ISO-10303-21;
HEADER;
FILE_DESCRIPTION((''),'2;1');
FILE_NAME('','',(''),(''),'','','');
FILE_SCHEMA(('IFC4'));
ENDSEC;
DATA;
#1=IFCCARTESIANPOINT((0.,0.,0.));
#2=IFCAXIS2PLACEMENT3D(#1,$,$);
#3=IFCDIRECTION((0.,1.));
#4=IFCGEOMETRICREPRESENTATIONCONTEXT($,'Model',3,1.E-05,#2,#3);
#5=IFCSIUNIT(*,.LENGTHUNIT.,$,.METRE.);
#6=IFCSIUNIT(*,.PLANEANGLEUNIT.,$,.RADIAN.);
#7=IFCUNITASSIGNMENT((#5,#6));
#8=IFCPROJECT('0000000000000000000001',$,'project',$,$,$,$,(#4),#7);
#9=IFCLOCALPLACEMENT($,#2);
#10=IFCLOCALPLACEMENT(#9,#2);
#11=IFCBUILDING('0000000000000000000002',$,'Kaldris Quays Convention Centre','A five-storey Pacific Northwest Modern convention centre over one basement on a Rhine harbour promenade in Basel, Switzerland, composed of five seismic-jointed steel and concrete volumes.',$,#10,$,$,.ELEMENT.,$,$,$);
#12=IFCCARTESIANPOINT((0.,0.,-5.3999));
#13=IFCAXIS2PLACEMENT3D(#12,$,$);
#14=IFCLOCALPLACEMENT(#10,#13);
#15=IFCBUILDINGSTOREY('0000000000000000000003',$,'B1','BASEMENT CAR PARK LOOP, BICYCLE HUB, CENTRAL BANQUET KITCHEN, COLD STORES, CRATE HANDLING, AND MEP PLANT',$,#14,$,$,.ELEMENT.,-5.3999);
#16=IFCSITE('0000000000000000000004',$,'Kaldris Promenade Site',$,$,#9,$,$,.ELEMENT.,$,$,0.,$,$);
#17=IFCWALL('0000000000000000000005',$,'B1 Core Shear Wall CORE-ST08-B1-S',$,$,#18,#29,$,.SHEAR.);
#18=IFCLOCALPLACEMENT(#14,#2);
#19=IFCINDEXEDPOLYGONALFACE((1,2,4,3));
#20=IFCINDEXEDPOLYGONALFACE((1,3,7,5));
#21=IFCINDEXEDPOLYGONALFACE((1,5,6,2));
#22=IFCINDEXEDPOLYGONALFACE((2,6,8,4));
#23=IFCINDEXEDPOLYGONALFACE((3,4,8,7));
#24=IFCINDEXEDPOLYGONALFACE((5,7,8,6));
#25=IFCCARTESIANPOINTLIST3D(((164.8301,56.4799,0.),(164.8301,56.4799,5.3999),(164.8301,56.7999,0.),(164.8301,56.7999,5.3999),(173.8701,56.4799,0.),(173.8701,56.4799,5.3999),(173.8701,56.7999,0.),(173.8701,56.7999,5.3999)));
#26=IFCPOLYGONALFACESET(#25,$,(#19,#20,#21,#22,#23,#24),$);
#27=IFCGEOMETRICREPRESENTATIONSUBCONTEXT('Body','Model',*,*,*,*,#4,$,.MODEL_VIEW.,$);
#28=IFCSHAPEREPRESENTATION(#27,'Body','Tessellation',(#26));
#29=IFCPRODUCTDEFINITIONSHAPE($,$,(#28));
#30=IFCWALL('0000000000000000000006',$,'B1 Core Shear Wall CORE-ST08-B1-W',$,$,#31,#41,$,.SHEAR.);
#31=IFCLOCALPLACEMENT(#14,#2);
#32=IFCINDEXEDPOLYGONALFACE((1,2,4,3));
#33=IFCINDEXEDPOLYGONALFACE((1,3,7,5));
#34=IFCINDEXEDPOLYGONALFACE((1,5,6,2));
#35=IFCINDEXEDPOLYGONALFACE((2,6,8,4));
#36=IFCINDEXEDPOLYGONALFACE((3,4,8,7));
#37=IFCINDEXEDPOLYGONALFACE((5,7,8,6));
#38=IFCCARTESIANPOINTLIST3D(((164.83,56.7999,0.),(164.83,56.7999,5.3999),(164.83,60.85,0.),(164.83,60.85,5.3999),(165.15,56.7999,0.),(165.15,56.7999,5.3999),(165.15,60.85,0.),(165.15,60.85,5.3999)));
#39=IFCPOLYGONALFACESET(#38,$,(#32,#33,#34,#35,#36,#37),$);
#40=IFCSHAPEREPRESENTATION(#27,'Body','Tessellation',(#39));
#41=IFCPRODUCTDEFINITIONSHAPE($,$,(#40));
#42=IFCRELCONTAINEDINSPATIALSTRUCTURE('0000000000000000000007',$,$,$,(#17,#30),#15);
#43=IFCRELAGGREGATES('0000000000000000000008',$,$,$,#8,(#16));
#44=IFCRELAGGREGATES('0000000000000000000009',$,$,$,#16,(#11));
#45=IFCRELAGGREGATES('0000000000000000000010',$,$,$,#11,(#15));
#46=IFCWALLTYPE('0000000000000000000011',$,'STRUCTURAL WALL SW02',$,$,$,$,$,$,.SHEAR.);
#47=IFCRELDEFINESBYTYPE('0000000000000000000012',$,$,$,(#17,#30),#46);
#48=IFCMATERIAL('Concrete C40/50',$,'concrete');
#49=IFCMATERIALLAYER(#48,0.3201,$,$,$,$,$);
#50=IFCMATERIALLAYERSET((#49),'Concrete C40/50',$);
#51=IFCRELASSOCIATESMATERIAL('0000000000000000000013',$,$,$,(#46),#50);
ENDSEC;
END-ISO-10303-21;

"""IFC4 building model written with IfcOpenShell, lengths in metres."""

from ifc_helpers import new_model, si_unit, direction, frame, frame_2d, origin, place, context, subcontext, project, spatial, rectangle, extrude, material, layer, layer_set, type_object, element, save


model = new_model("IFC4")

# Units and contexts
model_context = context("Model", 3, precision=1e-05, world=origin(), true_north=direction((0.0, 1.0)))
body_context = subcontext(model_context, "Body", "Model", "MODEL_VIEW")
ifc_project = project(units=[si_unit("LENGTHUNIT", "METRE"), si_unit("PLANEANGLEUNIT", "RADIAN")], contexts=[model_context])

# Site, building, storey
site_placement = place(None, origin())
site = spatial("IfcSite", under=ifc_project, at=site_placement, Name="Kaldris Promenade Site", CompositionType="ELEMENT", RefElevation=0.0)
building_placement = place(site_placement, origin())
building = spatial("IfcBuilding", under=site, at=building_placement, Name="Kaldris Quays Convention Centre", Description="A five-storey Pacific Northwest Modern convention centre over one basement on a Rhine harbour promenade in Basel, Switzerland, composed of five seismic-jointed steel and concrete volumes.", CompositionType="ELEMENT")
storey_placement = place(building_placement, frame((0.0, 0.0, -5.3999)))
storey = spatial("IfcBuildingStorey", under=building, at=storey_placement, Name="B1", Description="BASEMENT CAR PARK LOOP, BICYCLE HUB, CENTRAL BANQUET KITCHEN, COLD STORES, CRATE HANDLING, AND MEP PLANT", CompositionType="ELEMENT", Elevation=-5.3999)

# Shared definitions
ifc_material_1 = material(Name="Concrete C40/50", Category="concrete")

# Walls
ifc_layer = layer(ifc_material_1, 0.3201)
ifc_layer_set = layer_set([ifc_layer], Name="Concrete C40/50")
wall_type = type_object("IfcWallType", Name="STRUCTURAL WALL SW02", PredefinedType="SHEAR", material=ifc_layer_set)
wall_1_placement = place(storey_placement, frame((164.8301, 56.6399, 0.0), z_axis=(0.0, 0.0, 1.0), x_axis=(1.0, 0.0, 0.0)))
element("IfcWall", 1, at=wall_1_placement, inside=storey, type_object=wall_type, Name="B1 Core Shear Wall CORE-ST08-B1-S", PredefinedType="SHEAR", context=body_context, shape_type="SweptSolid", body=[
    extrude(rectangle(XDim=9.04, YDim=0.3201, at=frame_2d((4.52, 0.0))), origin(), (0.0, 0.0, 1.0), 5.3999),
])
wall_2_placement = place(storey_placement, frame((164.99, 56.8, 0.0), z_axis=(0.0, 0.0, 1.0), x_axis=(0.0, 1.0, 0.0)))
element("IfcWall", 2, at=wall_2_placement, inside=storey, type_object=wall_type, Name="B1 Core Shear Wall CORE-ST08-B1-W", PredefinedType="SHEAR", context=body_context, shape_type="SweptSolid", body=[
    extrude(rectangle(XDim=4.05, YDim=0.3201, at=frame_2d((2.0249, 0.0))), origin(), (0.0, 0.0, 1.0), 5.3999),
])

save(model, "model.ifc")
